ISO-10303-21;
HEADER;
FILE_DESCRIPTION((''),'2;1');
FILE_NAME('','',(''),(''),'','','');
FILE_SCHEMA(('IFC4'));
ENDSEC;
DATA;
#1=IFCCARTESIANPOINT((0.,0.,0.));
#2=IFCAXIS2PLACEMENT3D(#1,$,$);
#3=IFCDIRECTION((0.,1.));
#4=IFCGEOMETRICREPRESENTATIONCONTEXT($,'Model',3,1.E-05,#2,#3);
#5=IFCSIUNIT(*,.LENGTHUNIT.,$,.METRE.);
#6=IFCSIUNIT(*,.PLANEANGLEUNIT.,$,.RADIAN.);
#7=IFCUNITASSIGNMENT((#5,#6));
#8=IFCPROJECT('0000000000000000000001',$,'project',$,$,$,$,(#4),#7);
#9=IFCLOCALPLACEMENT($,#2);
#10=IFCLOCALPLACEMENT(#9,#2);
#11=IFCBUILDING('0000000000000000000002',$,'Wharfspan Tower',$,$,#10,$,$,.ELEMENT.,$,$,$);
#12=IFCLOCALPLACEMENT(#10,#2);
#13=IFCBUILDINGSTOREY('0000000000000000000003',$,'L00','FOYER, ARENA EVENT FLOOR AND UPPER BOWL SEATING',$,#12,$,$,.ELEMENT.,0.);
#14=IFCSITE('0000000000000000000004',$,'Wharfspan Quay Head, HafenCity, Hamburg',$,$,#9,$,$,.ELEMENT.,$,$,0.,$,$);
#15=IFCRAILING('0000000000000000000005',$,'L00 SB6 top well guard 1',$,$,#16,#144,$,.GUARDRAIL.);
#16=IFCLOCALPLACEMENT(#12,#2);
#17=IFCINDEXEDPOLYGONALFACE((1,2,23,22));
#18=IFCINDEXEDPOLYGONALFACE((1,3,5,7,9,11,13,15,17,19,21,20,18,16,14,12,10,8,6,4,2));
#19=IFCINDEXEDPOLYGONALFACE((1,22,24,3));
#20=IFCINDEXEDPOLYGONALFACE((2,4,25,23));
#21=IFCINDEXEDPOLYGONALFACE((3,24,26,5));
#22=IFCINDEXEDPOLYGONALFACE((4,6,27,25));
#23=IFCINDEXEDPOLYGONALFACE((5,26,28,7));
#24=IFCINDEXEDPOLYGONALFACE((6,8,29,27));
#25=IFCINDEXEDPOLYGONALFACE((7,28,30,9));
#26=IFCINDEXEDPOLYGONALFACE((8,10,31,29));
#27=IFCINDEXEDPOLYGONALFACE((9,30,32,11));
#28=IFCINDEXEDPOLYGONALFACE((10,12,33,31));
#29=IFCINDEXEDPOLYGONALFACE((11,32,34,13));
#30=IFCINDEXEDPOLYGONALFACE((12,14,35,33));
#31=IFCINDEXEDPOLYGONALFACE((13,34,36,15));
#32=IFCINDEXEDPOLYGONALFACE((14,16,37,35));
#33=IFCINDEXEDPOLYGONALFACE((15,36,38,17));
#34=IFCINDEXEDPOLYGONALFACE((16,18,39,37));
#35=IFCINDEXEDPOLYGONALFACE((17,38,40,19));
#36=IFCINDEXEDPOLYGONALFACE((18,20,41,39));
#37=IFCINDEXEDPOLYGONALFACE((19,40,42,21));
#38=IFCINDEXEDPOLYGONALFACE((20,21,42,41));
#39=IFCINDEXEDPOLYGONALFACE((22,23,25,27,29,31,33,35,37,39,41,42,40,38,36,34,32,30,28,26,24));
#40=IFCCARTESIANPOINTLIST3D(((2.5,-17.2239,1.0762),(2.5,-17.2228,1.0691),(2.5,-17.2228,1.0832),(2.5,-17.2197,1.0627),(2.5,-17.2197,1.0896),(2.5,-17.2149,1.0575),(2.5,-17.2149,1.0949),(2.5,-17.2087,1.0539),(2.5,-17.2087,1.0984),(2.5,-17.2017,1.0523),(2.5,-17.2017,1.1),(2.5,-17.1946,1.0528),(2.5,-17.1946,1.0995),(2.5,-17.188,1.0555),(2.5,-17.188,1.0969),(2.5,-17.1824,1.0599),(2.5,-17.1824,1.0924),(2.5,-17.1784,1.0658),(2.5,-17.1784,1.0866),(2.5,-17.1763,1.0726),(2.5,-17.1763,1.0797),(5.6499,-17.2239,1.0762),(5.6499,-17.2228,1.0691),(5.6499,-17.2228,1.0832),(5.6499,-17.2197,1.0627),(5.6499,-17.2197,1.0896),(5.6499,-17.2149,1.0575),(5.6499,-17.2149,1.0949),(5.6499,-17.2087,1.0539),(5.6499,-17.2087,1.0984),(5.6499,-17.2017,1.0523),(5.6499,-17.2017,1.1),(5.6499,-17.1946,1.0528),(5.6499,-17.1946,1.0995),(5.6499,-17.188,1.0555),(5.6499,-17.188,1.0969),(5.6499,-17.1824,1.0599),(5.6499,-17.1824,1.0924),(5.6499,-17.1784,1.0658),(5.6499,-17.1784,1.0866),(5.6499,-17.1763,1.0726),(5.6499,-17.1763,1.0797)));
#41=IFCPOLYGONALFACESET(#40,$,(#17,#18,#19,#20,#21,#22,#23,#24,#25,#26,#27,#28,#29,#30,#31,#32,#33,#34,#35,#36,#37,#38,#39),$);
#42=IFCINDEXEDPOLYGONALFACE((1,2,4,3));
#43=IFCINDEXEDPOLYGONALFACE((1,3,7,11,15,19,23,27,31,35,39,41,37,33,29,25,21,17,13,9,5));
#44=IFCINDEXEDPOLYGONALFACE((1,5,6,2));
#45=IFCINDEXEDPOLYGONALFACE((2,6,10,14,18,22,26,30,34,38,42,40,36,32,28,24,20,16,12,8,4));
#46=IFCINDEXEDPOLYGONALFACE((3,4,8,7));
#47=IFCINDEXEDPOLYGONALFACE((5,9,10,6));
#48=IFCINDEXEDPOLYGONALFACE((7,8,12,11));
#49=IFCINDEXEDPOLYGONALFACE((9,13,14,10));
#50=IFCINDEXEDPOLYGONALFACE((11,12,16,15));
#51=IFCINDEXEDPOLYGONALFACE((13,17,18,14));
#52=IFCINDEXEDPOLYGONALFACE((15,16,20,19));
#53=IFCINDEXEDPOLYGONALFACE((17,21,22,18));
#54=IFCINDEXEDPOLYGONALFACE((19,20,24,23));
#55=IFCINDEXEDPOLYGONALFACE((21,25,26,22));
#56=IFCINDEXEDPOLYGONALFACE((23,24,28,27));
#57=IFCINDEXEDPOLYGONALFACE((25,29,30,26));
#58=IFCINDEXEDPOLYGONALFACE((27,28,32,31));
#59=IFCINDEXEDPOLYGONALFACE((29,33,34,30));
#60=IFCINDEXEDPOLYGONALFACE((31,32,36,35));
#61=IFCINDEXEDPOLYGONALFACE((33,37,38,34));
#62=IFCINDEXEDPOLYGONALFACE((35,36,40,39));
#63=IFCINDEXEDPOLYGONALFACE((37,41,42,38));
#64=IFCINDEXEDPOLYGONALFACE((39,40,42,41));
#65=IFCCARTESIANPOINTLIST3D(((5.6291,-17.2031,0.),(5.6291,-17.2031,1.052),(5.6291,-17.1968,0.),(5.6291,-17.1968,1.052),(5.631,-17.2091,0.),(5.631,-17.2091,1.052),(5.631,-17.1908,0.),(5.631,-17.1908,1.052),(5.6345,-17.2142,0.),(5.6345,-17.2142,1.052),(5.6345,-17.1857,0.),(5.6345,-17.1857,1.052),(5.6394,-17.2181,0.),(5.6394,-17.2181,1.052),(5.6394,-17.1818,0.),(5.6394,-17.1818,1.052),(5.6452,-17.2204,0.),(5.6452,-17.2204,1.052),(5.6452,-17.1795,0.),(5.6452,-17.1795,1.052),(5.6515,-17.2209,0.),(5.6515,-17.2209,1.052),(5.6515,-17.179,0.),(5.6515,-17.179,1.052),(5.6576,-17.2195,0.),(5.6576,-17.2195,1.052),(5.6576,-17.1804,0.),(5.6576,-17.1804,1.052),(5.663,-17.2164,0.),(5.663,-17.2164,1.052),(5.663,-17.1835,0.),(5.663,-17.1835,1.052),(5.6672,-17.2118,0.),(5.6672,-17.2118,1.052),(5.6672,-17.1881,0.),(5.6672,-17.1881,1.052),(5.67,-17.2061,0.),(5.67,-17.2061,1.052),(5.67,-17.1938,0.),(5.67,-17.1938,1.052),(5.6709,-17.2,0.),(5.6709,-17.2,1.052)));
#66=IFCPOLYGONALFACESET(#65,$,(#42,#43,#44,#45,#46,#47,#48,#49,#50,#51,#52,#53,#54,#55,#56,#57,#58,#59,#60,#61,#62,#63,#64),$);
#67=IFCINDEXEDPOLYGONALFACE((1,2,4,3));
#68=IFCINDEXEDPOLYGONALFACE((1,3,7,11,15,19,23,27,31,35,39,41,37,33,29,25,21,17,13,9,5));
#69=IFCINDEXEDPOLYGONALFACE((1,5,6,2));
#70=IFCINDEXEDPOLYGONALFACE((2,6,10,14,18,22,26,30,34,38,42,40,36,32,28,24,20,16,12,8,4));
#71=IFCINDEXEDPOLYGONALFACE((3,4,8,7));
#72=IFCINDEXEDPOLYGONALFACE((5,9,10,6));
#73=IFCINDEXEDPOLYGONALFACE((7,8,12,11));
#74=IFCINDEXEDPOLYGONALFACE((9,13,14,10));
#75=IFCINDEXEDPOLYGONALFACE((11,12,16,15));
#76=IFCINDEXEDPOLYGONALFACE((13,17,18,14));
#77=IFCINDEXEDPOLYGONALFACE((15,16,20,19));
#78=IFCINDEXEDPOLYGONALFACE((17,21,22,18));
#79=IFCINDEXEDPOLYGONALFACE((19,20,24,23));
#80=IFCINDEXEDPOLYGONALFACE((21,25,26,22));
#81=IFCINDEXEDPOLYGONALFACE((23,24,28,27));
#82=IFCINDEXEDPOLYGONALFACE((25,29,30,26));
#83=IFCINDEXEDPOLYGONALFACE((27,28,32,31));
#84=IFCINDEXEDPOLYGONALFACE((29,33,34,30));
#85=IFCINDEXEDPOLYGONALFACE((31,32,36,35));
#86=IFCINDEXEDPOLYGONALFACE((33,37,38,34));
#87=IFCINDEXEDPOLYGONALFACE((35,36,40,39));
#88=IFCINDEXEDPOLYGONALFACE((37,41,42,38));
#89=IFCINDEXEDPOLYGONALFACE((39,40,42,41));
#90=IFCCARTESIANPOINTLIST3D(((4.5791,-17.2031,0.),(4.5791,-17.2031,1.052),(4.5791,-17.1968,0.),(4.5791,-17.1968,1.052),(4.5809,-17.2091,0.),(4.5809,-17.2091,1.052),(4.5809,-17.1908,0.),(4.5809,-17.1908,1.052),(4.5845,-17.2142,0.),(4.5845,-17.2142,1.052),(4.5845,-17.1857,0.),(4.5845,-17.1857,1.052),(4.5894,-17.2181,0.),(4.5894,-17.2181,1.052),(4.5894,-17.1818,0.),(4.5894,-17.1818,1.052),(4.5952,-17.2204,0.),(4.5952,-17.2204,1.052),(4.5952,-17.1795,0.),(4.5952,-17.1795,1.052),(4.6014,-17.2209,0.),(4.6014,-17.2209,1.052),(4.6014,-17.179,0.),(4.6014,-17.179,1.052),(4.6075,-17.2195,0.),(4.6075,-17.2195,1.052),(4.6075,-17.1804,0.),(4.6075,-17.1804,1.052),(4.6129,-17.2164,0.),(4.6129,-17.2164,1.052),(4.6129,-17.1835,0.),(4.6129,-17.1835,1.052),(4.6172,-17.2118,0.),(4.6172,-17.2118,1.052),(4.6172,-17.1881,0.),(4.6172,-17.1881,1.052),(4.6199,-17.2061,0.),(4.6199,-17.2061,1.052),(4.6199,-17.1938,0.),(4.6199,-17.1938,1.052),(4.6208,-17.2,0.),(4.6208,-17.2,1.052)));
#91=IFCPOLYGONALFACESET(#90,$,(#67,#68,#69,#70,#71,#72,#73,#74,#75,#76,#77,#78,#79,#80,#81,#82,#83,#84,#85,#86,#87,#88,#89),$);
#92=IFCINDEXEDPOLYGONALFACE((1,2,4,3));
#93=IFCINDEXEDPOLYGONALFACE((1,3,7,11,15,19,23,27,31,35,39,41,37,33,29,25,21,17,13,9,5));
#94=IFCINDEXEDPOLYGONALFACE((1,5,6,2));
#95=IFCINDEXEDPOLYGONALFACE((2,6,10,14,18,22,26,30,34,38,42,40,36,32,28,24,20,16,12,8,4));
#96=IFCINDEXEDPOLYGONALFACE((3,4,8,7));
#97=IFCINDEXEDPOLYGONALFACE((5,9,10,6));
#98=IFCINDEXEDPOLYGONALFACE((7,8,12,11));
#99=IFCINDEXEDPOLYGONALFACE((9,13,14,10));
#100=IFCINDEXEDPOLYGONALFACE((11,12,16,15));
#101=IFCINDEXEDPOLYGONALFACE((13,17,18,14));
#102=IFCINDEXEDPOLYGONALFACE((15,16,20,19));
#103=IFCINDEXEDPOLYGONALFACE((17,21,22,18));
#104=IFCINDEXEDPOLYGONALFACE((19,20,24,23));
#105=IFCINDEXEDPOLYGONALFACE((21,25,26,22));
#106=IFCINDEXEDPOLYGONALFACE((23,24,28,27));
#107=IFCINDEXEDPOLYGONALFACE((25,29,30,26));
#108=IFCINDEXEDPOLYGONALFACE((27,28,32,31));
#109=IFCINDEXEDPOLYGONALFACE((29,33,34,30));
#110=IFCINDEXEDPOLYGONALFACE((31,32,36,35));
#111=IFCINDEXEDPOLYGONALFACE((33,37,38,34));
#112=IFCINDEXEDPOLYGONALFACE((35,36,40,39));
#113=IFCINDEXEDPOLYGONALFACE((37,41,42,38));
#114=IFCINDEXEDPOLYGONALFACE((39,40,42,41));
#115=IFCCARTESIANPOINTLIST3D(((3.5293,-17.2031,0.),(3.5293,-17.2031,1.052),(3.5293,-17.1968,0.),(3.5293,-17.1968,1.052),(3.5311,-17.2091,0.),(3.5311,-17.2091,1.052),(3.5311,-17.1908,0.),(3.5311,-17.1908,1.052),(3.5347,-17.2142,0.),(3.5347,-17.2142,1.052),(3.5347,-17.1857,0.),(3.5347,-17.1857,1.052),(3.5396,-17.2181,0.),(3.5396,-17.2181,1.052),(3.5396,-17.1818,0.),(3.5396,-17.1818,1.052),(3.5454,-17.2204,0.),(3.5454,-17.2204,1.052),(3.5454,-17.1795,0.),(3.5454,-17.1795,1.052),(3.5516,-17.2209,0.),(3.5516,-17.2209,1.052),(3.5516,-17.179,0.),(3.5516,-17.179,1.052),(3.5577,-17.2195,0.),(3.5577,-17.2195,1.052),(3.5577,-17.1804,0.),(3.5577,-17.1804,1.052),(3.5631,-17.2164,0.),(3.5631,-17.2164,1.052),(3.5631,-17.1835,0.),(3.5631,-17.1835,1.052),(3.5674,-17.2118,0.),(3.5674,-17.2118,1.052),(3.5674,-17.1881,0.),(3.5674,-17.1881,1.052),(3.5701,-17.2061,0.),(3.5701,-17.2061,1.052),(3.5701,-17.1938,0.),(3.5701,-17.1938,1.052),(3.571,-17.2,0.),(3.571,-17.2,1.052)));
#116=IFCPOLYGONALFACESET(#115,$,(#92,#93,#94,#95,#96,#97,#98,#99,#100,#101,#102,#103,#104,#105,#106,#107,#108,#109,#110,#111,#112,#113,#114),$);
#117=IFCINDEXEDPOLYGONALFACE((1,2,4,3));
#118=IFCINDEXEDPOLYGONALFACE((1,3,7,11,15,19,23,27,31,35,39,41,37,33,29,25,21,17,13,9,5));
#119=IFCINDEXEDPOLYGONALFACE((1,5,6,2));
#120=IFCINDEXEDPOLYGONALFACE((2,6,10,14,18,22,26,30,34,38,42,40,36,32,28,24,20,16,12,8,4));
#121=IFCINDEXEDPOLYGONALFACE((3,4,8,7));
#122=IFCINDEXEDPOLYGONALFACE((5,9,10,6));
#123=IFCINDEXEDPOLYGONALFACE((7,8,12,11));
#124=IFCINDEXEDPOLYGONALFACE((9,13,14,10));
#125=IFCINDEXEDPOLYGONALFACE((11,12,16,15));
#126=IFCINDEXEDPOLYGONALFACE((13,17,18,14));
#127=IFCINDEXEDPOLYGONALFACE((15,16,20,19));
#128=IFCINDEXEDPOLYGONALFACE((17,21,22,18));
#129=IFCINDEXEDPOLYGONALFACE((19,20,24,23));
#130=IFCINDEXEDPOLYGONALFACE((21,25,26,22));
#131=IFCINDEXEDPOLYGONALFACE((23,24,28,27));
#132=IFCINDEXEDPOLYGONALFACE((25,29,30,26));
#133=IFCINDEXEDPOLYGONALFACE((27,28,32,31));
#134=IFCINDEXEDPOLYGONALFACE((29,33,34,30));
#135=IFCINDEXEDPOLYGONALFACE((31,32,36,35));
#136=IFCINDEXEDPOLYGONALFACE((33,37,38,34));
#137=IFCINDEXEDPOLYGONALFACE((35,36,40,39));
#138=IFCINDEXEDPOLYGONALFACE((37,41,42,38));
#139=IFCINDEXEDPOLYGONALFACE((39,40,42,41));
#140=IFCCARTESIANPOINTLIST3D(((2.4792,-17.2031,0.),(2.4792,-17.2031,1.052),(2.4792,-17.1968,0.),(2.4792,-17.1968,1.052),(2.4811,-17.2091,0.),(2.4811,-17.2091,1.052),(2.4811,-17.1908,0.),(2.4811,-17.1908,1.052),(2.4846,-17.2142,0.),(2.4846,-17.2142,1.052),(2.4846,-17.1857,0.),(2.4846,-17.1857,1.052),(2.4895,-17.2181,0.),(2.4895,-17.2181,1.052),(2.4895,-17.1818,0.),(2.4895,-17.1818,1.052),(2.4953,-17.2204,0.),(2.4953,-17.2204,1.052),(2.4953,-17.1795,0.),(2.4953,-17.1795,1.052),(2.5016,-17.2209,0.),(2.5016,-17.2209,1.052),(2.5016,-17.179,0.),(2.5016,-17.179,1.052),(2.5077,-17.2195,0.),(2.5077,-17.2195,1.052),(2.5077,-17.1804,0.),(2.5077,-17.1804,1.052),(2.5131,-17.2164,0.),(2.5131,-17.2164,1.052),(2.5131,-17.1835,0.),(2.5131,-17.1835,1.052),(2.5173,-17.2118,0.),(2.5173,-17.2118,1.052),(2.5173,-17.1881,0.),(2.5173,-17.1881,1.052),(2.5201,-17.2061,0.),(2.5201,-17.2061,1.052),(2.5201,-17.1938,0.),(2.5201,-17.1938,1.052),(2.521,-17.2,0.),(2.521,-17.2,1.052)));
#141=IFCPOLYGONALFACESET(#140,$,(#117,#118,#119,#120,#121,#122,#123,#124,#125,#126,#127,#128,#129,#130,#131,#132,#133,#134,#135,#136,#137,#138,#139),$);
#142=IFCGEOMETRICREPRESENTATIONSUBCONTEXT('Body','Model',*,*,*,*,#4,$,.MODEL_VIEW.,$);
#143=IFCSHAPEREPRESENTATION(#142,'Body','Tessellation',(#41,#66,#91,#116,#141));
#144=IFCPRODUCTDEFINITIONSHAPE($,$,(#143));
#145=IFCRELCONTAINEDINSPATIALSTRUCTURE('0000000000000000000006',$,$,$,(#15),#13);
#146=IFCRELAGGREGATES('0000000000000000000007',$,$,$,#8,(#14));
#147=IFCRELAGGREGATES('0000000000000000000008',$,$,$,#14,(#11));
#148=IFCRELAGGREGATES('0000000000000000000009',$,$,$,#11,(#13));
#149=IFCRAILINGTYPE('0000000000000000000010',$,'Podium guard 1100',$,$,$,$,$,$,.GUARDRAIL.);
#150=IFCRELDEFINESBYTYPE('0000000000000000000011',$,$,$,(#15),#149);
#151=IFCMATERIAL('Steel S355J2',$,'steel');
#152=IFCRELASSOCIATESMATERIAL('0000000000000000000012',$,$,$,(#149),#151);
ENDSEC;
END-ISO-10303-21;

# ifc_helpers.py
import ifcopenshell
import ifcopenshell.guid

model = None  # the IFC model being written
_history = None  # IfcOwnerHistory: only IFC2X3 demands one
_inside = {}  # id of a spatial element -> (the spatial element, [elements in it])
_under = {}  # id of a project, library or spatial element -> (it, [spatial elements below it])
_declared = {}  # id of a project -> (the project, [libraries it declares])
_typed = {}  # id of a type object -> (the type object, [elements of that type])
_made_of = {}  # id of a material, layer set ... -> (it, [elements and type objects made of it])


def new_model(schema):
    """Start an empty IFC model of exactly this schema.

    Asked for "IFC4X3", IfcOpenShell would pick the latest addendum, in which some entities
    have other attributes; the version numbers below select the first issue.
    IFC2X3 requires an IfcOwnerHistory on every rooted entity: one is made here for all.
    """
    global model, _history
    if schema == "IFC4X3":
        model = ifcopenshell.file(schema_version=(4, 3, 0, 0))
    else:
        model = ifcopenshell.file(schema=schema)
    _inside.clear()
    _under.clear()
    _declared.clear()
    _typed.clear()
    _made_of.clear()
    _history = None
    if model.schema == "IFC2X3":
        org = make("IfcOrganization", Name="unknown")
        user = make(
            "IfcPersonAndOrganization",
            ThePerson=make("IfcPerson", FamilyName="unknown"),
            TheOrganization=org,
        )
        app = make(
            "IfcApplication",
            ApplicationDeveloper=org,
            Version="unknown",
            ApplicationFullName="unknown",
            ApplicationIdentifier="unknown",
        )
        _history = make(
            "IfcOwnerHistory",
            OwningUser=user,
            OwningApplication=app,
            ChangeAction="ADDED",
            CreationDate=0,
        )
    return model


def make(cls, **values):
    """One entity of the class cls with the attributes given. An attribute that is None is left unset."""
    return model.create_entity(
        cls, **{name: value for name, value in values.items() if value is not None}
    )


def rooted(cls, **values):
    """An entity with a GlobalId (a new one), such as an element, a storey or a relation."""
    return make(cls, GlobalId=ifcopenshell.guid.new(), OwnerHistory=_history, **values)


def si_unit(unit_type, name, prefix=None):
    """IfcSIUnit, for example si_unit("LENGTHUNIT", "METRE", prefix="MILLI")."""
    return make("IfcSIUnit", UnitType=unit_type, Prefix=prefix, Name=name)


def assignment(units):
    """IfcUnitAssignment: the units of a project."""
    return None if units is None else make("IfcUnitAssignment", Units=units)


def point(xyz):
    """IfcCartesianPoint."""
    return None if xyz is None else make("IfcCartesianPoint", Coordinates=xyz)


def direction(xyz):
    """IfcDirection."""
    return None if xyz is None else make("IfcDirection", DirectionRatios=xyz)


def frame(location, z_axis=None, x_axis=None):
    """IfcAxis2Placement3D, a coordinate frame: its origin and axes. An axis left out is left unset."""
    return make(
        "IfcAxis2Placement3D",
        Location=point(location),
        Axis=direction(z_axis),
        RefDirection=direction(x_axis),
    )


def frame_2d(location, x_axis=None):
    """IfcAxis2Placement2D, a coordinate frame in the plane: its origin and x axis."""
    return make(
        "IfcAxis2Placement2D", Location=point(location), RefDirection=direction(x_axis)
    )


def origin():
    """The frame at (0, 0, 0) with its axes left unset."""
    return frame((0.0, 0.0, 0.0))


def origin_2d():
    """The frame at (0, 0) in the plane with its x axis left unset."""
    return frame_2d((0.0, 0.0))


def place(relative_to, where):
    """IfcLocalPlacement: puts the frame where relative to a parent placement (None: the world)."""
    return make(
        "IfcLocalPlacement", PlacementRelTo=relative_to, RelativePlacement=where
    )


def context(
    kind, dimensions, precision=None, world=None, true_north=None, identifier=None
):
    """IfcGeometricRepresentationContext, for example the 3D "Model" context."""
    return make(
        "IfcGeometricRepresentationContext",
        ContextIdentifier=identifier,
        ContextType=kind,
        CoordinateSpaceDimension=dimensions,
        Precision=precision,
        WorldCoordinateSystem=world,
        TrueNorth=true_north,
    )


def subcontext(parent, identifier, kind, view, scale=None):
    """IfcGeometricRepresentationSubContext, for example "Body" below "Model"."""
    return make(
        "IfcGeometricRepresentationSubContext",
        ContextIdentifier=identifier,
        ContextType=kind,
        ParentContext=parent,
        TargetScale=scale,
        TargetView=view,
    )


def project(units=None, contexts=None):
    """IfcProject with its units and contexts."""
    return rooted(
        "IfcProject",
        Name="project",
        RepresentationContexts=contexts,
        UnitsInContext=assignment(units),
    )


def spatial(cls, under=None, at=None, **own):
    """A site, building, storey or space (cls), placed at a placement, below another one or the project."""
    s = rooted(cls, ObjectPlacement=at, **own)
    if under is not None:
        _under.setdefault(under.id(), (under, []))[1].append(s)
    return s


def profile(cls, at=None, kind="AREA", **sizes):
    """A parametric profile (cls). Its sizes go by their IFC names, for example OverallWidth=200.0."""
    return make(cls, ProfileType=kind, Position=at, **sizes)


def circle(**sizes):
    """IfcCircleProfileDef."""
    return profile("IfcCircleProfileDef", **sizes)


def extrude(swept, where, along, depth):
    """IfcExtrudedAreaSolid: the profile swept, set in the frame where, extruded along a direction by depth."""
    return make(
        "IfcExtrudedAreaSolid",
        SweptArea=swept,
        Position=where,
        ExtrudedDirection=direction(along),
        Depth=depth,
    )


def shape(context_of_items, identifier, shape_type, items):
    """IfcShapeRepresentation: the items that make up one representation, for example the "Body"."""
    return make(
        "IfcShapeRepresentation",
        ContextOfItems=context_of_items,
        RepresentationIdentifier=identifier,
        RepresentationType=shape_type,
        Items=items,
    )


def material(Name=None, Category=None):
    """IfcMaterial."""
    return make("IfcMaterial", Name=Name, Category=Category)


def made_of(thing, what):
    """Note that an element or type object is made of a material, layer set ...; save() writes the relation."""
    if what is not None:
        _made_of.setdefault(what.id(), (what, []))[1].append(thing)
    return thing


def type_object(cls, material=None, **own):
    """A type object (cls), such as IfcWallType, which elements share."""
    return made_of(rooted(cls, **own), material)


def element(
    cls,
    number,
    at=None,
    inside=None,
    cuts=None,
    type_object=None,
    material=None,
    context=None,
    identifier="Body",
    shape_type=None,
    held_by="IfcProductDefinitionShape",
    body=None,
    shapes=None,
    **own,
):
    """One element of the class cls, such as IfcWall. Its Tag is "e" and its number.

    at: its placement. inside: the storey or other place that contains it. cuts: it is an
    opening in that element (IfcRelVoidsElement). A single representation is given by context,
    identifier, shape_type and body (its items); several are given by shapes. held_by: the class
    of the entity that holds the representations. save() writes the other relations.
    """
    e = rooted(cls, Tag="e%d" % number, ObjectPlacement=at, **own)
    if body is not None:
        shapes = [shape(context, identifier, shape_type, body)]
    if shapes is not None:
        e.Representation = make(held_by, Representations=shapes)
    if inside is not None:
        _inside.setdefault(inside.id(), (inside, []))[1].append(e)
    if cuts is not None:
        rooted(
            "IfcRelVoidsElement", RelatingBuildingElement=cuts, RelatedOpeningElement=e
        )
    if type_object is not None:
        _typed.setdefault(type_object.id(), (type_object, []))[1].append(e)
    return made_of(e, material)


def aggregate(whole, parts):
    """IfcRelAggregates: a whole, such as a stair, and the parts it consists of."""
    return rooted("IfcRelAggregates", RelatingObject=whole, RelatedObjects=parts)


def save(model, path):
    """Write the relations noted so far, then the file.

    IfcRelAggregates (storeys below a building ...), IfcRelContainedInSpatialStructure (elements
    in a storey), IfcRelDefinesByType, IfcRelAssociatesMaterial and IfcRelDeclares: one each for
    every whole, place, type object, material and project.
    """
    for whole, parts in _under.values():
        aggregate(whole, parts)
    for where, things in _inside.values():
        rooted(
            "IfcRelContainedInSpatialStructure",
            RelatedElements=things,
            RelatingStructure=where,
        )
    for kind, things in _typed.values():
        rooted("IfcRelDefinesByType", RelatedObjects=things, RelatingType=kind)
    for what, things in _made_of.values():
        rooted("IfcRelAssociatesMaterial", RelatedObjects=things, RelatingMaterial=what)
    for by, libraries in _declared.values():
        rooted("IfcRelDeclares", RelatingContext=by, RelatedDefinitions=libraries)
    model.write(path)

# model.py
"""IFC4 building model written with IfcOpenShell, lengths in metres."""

from ifc_helpers import new_model, si_unit, direction, frame, origin, origin_2d, place, context, subcontext, project, spatial, circle, extrude, material, type_object, element, save


model = new_model("IFC4")

# Units and contexts
model_context = context("Model", 3, precision=1e-05, world=origin(), true_north=direction((0.0, 1.0)))
body_context = subcontext(model_context, "Body", "Model", "MODEL_VIEW")
ifc_project = project(units=[si_unit("LENGTHUNIT", "METRE"), si_unit("PLANEANGLEUNIT", "RADIAN")], contexts=[model_context])

# Site, building, storey
site_placement = place(None, origin())
site = spatial("IfcSite", under=ifc_project, at=site_placement, Name="Wharfspan Quay Head, HafenCity, Hamburg", CompositionType="ELEMENT", RefElevation=0.0)
building_placement = place(site_placement, origin())
building = spatial("IfcBuilding", under=site, at=building_placement, Name="Wharfspan Tower", CompositionType="ELEMENT")
storey_placement = place(building_placement, origin())
storey = spatial("IfcBuildingStorey", under=building, at=storey_placement, Name="L00", Description="FOYER, ARENA EVENT FLOOR AND UPPER BOWL SEATING", CompositionType="ELEMENT", Elevation=0.0)

# Railing
ifc_material_1 = material(Name="Steel S355J2", Category="steel")
railing_type_1 = type_object("IfcRailingType", Name="Podium guard 1100", PredefinedType="GUARDRAIL", material=ifc_material_1)
railing_1_placement = place(storey_placement, frame((5.6499, -17.2, 0.0)))
element("IfcRailing", 1, at=railing_1_placement, inside=storey, type_object=railing_type_1, Name="L00 SB6 top well guard 1", PredefinedType="GUARDRAIL", context=body_context, shape_type="SweptSolid", body=[
    extrude(circle(Radius=0.0239, at=origin_2d()), frame((0.0, 0.0, 1.0762), z_axis=(-1.0, 0.0, 0.0), x_axis=(0.0, -1.0, 0.0)), (0.0, 0.0, 1.0), 3.1499),
    extrude(circle(Radius=0.021, at=origin_2d()), origin(), (0.0, 0.0, 1.0), 1.052),
    extrude(circle(Radius=0.021, at=origin_2d()), frame((-1.05, 0.0, 0.0)), (0.0, 0.0, 1.0), 1.052),
    extrude(circle(Radius=0.021, at=origin_2d()), frame((-2.0999, 0.0, 0.0)), (0.0, 0.0, 1.0), 1.052),
    extrude(circle(Radius=0.021, at=origin_2d()), frame((-3.1499, 0.0, 0.0)), (0.0, 0.0, 1.0), 1.052),
])

save(model, "model.ifc")
